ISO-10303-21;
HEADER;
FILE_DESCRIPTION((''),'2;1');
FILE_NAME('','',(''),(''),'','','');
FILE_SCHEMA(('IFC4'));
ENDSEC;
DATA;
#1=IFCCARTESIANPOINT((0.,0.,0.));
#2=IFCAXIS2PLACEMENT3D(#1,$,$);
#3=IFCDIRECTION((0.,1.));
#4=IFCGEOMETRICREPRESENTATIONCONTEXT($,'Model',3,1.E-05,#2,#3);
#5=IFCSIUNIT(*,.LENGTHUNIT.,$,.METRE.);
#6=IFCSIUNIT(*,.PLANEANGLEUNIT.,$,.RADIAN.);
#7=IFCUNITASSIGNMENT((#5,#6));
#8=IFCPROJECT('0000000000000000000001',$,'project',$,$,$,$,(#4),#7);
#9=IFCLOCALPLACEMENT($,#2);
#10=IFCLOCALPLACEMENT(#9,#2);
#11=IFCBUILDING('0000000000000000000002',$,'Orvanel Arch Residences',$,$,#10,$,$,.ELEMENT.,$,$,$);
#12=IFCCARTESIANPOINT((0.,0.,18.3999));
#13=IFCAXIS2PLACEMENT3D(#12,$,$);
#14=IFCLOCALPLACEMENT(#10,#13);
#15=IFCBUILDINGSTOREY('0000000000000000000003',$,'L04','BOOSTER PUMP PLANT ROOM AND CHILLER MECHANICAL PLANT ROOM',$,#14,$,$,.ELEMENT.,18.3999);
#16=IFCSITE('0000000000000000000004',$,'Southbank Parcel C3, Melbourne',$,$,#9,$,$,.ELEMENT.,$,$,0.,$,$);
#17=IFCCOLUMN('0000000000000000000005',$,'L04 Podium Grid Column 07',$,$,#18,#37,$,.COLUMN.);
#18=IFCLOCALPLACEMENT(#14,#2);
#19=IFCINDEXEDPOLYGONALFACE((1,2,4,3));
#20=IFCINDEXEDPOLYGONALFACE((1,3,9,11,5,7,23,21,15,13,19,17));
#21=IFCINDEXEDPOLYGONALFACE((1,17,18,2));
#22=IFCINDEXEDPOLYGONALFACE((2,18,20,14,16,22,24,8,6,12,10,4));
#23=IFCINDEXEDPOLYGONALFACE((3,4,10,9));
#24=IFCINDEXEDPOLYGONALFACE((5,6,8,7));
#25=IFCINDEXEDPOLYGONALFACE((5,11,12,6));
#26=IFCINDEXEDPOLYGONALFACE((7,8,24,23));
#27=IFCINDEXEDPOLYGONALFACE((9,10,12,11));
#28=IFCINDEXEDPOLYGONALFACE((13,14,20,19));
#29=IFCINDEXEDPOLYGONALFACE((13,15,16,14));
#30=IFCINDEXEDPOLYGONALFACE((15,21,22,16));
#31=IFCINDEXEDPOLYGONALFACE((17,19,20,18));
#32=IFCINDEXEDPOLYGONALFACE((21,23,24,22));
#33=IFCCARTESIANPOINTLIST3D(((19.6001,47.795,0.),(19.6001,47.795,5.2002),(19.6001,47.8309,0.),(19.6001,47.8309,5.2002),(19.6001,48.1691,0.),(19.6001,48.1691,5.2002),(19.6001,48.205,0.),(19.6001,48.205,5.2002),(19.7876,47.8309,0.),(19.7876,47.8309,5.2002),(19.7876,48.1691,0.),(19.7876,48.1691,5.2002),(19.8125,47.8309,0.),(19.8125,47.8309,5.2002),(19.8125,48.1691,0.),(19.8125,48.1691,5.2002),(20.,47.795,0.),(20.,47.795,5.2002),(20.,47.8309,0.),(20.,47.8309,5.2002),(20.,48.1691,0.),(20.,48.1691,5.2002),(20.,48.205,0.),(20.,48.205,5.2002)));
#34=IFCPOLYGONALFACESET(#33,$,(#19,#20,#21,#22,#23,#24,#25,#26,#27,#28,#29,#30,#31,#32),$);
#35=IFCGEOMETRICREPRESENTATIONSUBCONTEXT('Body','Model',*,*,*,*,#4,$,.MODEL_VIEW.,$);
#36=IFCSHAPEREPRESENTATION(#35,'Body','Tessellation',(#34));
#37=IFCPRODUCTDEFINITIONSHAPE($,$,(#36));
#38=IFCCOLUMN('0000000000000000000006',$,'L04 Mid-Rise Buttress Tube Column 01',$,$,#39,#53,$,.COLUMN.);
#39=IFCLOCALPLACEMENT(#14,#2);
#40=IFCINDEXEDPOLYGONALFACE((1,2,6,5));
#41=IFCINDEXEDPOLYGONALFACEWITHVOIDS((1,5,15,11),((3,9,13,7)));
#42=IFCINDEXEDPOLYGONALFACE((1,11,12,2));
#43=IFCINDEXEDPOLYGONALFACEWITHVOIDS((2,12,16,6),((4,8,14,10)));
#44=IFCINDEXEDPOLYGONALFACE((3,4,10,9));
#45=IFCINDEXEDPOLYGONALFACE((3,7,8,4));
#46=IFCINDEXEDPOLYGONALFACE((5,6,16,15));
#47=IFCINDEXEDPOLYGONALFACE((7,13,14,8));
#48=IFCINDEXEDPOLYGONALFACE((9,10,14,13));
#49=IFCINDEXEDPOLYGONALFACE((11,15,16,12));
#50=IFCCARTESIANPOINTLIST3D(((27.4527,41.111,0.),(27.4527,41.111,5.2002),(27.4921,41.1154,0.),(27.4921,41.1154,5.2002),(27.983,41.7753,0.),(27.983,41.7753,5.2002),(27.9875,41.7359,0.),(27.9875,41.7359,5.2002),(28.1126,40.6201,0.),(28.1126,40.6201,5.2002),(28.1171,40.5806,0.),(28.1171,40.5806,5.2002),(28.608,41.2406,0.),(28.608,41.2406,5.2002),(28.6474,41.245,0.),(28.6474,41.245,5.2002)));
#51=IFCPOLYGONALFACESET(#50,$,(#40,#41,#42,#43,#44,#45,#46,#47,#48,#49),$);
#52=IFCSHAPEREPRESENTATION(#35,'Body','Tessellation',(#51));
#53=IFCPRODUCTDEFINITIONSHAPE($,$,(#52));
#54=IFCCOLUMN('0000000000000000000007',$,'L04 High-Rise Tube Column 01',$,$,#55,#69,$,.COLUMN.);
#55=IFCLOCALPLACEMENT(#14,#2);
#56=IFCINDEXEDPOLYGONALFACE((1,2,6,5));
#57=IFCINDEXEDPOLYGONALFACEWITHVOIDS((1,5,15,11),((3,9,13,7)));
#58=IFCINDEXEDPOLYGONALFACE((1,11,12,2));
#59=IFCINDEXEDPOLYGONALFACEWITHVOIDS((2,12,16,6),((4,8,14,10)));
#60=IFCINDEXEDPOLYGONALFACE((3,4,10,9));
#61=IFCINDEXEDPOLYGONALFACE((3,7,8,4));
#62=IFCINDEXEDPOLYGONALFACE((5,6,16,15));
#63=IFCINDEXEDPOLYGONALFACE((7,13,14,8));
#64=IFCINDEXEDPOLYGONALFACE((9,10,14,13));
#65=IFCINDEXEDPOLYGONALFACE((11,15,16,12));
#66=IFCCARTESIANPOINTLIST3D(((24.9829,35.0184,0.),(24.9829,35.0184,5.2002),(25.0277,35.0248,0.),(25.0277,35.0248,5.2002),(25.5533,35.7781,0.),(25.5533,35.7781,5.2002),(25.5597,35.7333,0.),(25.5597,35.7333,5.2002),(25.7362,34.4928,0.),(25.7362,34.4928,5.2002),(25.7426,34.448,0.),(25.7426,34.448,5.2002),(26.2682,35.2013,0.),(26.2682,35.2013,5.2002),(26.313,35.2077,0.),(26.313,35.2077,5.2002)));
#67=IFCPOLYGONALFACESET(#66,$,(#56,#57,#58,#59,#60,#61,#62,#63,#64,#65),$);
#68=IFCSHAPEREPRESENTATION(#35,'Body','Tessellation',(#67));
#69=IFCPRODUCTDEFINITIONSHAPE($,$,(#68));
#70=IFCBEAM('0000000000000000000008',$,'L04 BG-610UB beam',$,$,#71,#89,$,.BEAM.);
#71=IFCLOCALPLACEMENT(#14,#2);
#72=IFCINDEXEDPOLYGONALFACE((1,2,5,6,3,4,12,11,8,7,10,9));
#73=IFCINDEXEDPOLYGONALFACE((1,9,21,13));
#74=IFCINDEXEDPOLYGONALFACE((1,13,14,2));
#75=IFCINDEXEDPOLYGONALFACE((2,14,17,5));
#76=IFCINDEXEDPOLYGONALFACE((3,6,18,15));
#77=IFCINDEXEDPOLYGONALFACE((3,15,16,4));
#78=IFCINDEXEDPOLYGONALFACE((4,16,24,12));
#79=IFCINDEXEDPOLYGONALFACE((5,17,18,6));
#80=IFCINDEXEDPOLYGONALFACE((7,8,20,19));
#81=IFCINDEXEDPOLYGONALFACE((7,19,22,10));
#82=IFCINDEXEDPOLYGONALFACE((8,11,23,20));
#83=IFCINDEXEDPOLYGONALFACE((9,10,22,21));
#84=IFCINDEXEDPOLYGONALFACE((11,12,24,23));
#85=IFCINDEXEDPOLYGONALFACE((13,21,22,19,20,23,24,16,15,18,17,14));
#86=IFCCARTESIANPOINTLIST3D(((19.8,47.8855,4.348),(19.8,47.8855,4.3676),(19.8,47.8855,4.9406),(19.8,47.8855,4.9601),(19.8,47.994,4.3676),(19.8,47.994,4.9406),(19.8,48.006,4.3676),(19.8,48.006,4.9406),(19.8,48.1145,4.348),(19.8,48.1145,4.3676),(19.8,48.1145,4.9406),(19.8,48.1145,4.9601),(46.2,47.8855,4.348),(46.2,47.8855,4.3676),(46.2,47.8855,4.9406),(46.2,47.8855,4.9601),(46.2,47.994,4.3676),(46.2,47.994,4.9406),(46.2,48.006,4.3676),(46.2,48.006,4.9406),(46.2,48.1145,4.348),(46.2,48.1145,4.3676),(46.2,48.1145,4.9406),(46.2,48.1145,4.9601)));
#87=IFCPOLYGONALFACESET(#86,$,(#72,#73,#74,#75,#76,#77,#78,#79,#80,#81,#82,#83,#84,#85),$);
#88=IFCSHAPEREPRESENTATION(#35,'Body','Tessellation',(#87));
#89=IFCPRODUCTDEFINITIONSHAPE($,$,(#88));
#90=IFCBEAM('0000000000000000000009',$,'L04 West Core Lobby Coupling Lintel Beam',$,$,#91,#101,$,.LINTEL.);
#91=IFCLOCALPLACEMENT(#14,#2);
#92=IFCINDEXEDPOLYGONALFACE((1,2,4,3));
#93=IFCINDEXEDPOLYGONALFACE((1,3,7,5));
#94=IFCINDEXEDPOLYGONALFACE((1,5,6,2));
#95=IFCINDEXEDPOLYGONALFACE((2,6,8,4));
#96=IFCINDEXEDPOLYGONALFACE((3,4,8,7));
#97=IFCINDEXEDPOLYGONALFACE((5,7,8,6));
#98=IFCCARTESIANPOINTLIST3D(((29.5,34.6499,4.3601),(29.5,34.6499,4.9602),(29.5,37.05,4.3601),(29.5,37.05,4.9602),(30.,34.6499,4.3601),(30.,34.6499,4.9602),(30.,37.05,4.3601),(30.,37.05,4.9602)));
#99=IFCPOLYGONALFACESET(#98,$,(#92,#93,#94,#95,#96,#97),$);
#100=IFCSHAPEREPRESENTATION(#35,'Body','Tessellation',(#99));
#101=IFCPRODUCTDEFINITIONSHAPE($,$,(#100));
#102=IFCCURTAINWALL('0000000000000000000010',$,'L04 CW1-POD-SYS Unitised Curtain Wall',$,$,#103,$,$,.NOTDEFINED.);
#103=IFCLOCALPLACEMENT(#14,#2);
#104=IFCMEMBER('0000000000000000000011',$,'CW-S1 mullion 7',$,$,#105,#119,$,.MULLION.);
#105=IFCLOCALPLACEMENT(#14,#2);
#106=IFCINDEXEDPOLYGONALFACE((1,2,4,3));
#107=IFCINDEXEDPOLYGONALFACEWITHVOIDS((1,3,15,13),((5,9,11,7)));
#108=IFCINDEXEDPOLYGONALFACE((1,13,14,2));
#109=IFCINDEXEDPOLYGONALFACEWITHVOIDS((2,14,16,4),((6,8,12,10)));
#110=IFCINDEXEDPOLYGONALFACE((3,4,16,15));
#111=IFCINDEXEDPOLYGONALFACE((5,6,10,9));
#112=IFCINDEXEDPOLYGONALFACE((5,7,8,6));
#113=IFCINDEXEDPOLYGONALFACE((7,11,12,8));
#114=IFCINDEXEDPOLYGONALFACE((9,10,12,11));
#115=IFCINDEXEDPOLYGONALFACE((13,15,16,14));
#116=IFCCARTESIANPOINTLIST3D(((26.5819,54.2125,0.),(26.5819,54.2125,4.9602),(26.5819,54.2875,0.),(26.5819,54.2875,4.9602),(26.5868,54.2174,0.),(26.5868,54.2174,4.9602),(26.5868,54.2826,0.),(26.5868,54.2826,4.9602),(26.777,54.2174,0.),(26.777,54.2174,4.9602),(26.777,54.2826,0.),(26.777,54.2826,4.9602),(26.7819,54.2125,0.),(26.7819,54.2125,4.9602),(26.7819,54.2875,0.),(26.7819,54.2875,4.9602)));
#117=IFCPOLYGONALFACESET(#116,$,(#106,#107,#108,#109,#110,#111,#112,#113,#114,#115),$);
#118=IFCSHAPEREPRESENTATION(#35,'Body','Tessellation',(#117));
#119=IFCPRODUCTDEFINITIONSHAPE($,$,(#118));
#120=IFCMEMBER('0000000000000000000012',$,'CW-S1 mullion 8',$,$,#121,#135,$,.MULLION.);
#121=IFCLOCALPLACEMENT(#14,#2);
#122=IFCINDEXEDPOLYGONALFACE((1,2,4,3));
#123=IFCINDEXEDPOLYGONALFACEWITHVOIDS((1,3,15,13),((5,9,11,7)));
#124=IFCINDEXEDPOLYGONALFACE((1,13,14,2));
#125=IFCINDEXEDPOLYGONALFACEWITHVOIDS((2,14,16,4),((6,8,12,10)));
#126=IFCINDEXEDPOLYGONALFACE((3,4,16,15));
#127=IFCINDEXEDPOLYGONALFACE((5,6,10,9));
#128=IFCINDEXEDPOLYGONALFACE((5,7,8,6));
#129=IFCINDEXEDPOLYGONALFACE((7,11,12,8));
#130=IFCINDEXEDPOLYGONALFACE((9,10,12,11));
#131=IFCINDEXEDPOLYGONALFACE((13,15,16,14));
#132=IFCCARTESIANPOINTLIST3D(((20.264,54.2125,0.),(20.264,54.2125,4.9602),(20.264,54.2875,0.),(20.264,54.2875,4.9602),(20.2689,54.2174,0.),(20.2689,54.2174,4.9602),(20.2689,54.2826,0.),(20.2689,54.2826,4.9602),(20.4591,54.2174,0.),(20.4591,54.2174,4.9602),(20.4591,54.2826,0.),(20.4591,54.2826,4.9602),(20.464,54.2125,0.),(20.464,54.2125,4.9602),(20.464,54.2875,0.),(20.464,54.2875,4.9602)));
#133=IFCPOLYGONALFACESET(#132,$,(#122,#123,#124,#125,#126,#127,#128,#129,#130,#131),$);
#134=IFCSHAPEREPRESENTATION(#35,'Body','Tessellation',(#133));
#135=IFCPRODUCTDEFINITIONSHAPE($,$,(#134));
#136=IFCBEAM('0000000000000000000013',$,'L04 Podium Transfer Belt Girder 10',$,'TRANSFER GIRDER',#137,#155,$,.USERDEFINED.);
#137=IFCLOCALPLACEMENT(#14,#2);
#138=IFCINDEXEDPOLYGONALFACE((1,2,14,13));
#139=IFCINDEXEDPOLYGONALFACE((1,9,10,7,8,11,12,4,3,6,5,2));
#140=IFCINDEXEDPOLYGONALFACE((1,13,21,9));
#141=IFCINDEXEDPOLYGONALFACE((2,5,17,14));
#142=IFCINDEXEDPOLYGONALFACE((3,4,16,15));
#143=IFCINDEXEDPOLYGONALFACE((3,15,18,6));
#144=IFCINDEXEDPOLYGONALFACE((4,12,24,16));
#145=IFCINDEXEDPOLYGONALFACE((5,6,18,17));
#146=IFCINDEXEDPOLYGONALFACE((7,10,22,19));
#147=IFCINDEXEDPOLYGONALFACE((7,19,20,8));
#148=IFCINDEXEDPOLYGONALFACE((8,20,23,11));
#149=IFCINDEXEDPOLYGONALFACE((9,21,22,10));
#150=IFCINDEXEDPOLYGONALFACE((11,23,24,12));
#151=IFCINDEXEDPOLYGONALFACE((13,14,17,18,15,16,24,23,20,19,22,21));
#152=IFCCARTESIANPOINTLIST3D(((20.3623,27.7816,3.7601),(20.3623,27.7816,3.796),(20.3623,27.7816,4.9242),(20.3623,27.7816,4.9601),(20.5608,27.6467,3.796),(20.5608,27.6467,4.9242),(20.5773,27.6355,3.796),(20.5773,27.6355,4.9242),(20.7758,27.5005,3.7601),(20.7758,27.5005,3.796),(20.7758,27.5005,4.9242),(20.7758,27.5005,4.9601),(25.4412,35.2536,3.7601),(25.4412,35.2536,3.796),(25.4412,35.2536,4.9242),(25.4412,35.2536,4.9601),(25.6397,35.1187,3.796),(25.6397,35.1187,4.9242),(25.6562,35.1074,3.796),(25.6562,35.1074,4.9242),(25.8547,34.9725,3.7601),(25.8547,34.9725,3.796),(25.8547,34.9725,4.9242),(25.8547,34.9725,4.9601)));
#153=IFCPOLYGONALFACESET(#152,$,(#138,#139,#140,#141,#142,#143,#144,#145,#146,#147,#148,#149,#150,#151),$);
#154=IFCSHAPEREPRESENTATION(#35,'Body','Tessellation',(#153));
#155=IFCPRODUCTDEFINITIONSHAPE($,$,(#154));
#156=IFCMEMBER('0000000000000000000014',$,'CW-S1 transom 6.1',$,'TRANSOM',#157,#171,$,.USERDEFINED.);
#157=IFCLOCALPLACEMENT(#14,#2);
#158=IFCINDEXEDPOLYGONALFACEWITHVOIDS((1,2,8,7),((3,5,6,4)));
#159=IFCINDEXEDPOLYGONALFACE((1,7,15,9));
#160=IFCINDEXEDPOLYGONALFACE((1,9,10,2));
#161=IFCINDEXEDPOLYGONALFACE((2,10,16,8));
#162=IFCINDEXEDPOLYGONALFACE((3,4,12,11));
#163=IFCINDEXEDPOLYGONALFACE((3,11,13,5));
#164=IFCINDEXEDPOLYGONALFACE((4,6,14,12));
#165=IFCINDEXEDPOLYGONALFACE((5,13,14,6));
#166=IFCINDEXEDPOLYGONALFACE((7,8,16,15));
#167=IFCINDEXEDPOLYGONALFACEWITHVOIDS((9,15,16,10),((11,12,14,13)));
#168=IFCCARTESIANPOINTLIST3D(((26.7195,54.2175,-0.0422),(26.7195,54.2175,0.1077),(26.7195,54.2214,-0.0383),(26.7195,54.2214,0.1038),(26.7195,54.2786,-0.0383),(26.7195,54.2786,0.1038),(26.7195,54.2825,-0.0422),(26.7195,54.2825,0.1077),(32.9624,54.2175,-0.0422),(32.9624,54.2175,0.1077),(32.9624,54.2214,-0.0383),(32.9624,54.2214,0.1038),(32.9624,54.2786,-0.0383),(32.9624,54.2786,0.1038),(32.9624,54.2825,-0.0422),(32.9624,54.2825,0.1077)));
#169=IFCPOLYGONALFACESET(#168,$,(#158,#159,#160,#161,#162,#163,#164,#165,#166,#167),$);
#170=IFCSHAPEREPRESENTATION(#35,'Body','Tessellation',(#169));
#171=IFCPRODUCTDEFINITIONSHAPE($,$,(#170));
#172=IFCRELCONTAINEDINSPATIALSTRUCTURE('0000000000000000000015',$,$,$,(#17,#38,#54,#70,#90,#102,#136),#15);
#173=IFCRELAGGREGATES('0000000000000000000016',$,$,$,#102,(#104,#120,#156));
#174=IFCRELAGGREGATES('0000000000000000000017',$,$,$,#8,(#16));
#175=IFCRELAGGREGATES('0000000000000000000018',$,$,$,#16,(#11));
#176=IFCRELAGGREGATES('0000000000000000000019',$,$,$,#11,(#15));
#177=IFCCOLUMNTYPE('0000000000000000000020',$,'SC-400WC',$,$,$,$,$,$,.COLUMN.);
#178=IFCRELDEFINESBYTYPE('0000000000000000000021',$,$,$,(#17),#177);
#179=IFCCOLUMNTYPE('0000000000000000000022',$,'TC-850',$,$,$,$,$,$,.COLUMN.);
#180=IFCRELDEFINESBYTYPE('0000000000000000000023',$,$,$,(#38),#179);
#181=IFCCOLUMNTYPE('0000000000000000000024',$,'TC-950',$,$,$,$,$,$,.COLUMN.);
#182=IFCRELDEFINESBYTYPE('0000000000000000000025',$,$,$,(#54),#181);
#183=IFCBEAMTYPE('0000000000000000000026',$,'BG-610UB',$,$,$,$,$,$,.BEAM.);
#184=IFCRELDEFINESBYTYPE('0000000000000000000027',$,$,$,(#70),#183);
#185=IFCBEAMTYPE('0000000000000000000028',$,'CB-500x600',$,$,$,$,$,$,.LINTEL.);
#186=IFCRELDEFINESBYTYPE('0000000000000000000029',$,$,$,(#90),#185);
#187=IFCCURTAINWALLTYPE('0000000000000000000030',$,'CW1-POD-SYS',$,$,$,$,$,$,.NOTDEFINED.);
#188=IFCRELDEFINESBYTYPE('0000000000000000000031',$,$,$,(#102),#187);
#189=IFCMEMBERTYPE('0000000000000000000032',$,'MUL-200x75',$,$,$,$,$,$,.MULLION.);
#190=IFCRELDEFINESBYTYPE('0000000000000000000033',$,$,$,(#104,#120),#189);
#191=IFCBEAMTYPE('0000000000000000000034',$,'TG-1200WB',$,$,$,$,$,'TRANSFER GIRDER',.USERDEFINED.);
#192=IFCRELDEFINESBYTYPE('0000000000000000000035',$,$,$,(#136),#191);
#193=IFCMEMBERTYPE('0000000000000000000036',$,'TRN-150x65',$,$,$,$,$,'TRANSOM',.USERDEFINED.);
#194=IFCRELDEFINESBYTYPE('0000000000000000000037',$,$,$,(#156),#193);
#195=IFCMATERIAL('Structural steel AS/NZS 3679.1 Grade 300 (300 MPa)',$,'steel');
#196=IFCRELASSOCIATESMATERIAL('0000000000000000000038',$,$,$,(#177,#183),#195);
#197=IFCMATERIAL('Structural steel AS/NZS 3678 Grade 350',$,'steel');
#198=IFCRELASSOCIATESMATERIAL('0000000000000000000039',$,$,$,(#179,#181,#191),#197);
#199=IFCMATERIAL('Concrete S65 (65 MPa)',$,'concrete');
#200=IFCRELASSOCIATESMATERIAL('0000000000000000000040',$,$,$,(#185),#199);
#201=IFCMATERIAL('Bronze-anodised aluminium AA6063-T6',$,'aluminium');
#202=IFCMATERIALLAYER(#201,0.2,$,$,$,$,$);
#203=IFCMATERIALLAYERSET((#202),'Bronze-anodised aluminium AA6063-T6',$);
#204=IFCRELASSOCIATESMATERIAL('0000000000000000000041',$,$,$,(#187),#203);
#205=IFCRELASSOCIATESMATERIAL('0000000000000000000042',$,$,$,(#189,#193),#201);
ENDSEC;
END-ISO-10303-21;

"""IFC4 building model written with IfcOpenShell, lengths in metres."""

from ifc_helpers import new_model, si_unit, direction, frame, origin, origin_2d, place, context, subcontext, project, spatial, rectangle, hollow_rectangle, i_section, extrude, material, layer, layer_set, material_profile, profile_set, type_object, element, aggregate, save


model = new_model("IFC4")

# Units and contexts
model_context = context("Model", 3, precision=1e-05, world=origin(), true_north=direction((0.0, 1.0)))
body_context = subcontext(model_context, "Body", "Model", "MODEL_VIEW")
ifc_project = project(units=[si_unit("LENGTHUNIT", "METRE"), si_unit("PLANEANGLEUNIT", "RADIAN")], contexts=[model_context])

# Site, building, storey
site_placement = place(None, origin())
site = spatial("IfcSite", under=ifc_project, at=site_placement, Name="Southbank Parcel C3, Melbourne", CompositionType="ELEMENT", RefElevation=0.0)
building_placement = place(site_placement, origin())
building = spatial("IfcBuilding", under=site, at=building_placement, Name="Orvanel Arch Residences", CompositionType="ELEMENT")
storey_placement = place(building_placement, frame((0.0, 0.0, 18.3999)))
storey = spatial("IfcBuildingStorey", under=building, at=storey_placement, Name="L04", Description="BOOSTER PUMP PLANT ROOM AND CHILLER MECHANICAL PLANT ROOM", CompositionType="ELEMENT", Elevation=18.3999)

# Columns
ifc_material_1 = material(Name="Structural steel AS/NZS 3679.1 Grade 300 (300 MPa)", Category="steel")
ifc_material_profile_1 = material_profile(ifc_material_1, i_section(OverallWidth=0.3999, OverallDepth=0.4099, WebThickness=0.0249, FlangeThickness=0.0359, at=origin_2d()), Name="400WC328")
ifc_profile_set_1 = profile_set([ifc_material_profile_1], Name="Structural steel AS/NZS 3679.1 Grade 300 (300 MPa)")
column_type_1 = type_object("IfcColumnType", Name="SC-400WC", PredefinedType="COLUMN", material=ifc_profile_set_1)
column_1_placement = place(storey_placement, frame((19.8, 48.0, 0.0), z_axis=(0.0, 0.0, 1.0), x_axis=(1.0, 0.0, 0.0)))
element("IfcColumn", 1, at=column_1_placement, inside=storey, type_object=column_type_1, Name="L04 Podium Grid Column 07", PredefinedType="COLUMN", context=body_context, shape_type="SweptSolid", body=[
    extrude(i_section(OverallWidth=0.3999, OverallDepth=0.4099, WebThickness=0.0249, FlangeThickness=0.0359, at=origin_2d()), origin(), (0.0, 0.0, 1.0), 5.2002),
])
ifc_material_2 = material(Name="Structural steel AS/NZS 3678 Grade 350", Category="steel")
ifc_material_profile_2 = material_profile(ifc_material_2, hollow_rectangle(XDim=0.8501, YDim=0.8501, WallThickness=0.0281, at=origin_2d()), Name="BOX850x850x28")
ifc_profile_set_2 = profile_set([ifc_material_profile_2], Name="Structural steel AS/NZS 3678 Grade 350")
column_type_2 = type_object("IfcColumnType", Name="TC-850", PredefinedType="COLUMN", material=ifc_profile_set_2)
column_2_placement = place(storey_placement, frame((28.05, 41.178, 0.0), z_axis=(0.0, 0.0, 1.0), x_axis=(0.62388, 0.78152, 0.0)))
element("IfcColumn", 2, at=column_2_placement, inside=storey, type_object=column_type_2, Name="L04 Mid-Rise Buttress Tube Column 01", PredefinedType="COLUMN", context=body_context, shape_type="SweptSolid", body=[
    extrude(hollow_rectangle(XDim=0.8501, YDim=0.8501, WallThickness=0.0281, at=origin_2d()), origin(), (0.0, 0.0, 1.0), 5.2002),
])
ifc_material_profile_3 = material_profile(ifc_material_2, hollow_rectangle(XDim=0.95, YDim=0.95, WallThickness=0.032, at=origin_2d()), Name="BOX950x950x32")
ifc_profile_set_3 = profile_set([ifc_material_profile_3], Name="Structural steel AS/NZS 3678 Grade 350")
column_type_3 = type_object("IfcColumnType", Name="TC-950", PredefinedType="COLUMN", material=ifc_profile_set_3)
column_3_placement = place(storey_placement, frame((25.6479, 35.113, 0.0), z_axis=(0.0, 0.0, 1.0), x_axis=(0.60042, 0.799685, 0.0)))
element("IfcColumn", 3, at=column_3_placement, inside=storey, type_object=column_type_3, Name="L04 High-Rise Tube Column 01", PredefinedType="COLUMN", context=body_context, shape_type="SweptSolid", body=[
    extrude(hollow_rectangle(XDim=0.95, YDim=0.95, WallThickness=0.032, at=origin_2d()), origin(), (0.0, 0.0, 1.0), 5.2002),
])

# Beams
ifc_material_profile_4 = material_profile(ifc_material_1, i_section(OverallWidth=0.229, OverallDepth=0.6121, WebThickness=0.012, FlangeThickness=0.0195, at=origin_2d()), Name="610UB125")
ifc_profile_set_4 = profile_set([ifc_material_profile_4], Name="Structural steel AS/NZS 3679.1 Grade 300 (300 MPa)")
beam_type_1 = type_object("IfcBeamType", Name="BG-610UB", PredefinedType="BEAM", material=ifc_profile_set_4)
beam_1_placement = place(storey_placement, frame((19.8, 48.0, 4.6541), z_axis=(1.0, 0.0, 0.0), x_axis=(0.0, 1.0, 0.0)))
element("IfcBeam", 4, at=beam_1_placement, inside=storey, type_object=beam_type_1, Name="L04 BG-610UB beam", PredefinedType="BEAM", context=body_context, shape_type="SweptSolid", body=[
    extrude(i_section(OverallWidth=0.229, OverallDepth=0.6121, WebThickness=0.012, FlangeThickness=0.0195, at=origin_2d()), origin(), (0.0, 0.0, 1.0), 26.3999),
])
ifc_material_3 = material(Name="Concrete S65 (65 MPa)", Category="concrete")
ifc_material_profile_5 = material_profile(ifc_material_3, rectangle(XDim=0.5, YDim=0.6001, at=origin_2d()), Name="RC500x600")
ifc_profile_set_5 = profile_set([ifc_material_profile_5], Name="Concrete S65 (65 MPa)")
beam_type_2 = type_object("IfcBeamType", Name="CB-500x600", PredefinedType="LINTEL", material=ifc_profile_set_5)
beam_2_placement = place(storey_placement, frame((29.75, 34.6499, 4.6602), z_axis=(0.0, 1.0, 0.0), x_axis=(-1.0, 0.0, 0.0)))
element("IfcBeam", 5, at=beam_2_placement, inside=storey, type_object=beam_type_2, Name="L04 West Core Lobby Coupling Lintel Beam", PredefinedType="LINTEL", context=body_context, shape_type="SweptSolid", body=[
    extrude(rectangle(XDim=0.5, YDim=0.6001, at=origin_2d()), origin(), (0.0, 0.0, 1.0), 2.4001),
])

# Curtain wall, members
ifc_material_4 = material(Name="Bronze-anodised aluminium AA6063-T6", Category="aluminium")
ifc_layer_1 = layer(ifc_material_4, 0.2)
ifc_layer_set_1 = layer_set([ifc_layer_1], Name="Bronze-anodised aluminium AA6063-T6")
curtain_wall_type = type_object("IfcCurtainWallType", Name="CW1-POD-SYS", PredefinedType="NOTDEFINED", material=ifc_layer_set_1)
curtain_wall_placement = place(storey_placement, origin())
curtain_wall = element("IfcCurtainWall", 6, at=curtain_wall_placement, inside=storey, type_object=curtain_wall_type, Name="L04 CW1-POD-SYS Unitised Curtain Wall", PredefinedType="NOTDEFINED")
ifc_material_profile_6 = material_profile(ifc_material_4, hollow_rectangle(XDim=0.075, YDim=0.2, WallThickness=0.0049, at=origin_2d()), Name="ALU200x75x5")
ifc_profile_set_6 = profile_set([ifc_material_profile_6], Name="Bronze-anodised aluminium AA6063-T6")
member_type_1 = type_object("IfcMemberType", Name="MUL-200x75", PredefinedType="MULLION", material=ifc_profile_set_6)
member_1_placement = place(storey_placement, frame((26.6819, 54.25, 0.0), z_axis=(0.0, 0.0, 1.0), x_axis=(0.0, -1.0, 0.0)))
member_1 = element("IfcMember", 7, at=member_1_placement, type_object=member_type_1, Name="CW-S1 mullion 7", PredefinedType="MULLION", context=body_context, shape_type="SweptSolid", body=[
    extrude(hollow_rectangle(XDim=0.075, YDim=0.2, WallThickness=0.0049, at=origin_2d()), origin(), (0.0, 0.0, 1.0), 4.9602),
])
member_2_placement = place(storey_placement, frame((20.364, 54.25, 0.0), z_axis=(0.0, 0.0, 1.0), x_axis=(0.0, -1.0, 0.0)))
member_2 = element("IfcMember", 8, at=member_2_placement, type_object=member_type_1, Name="CW-S1 mullion 8", PredefinedType="MULLION", context=body_context, shape_type="SweptSolid", body=[
    extrude(hollow_rectangle(XDim=0.075, YDim=0.2, WallThickness=0.0049, at=origin_2d()), origin(), (0.0, 0.0, 1.0), 4.9602),
])

# Beam
ifc_material_profile_7 = material_profile(ifc_material_2, i_section(OverallWidth=0.5, OverallDepth=1.2, WebThickness=0.02, FlangeThickness=0.0359, at=origin_2d()), Name="1200WB455")
ifc_profile_set_7 = profile_set([ifc_material_profile_7], Name="Structural steel AS/NZS 3678 Grade 350")
beam_type_3 = type_object("IfcBeamType", Name="TG-1200WB", ElementType="TRANSFER GIRDER", PredefinedType="USERDEFINED", material=ifc_profile_set_7)
beam_3_placement = place(storey_placement, frame((25.6479, 35.113, 4.3601), z_axis=(-0.562155, -0.827032, 0.0), x_axis=(0.827032, -0.562155, 0.0)))
element("IfcBeam", 9, at=beam_3_placement, inside=storey, type_object=beam_type_3, Name="L04 Podium Transfer Belt Girder 10", ObjectType="TRANSFER GIRDER", PredefinedType="USERDEFINED", context=body_context, shape_type="SweptSolid", body=[
    extrude(i_section(OverallWidth=0.5, OverallDepth=1.2, WebThickness=0.02, FlangeThickness=0.0359, at=origin_2d()), origin(), (0.0, 0.0, 1.0), 9.0347),
])

# Member
ifc_material_profile_8 = material_profile(ifc_material_4, hollow_rectangle(XDim=0.0649, YDim=0.1499, WallThickness=0.0039, at=origin_2d()), Name="ALU150x65x4")
ifc_profile_set_8 = profile_set([ifc_material_profile_8], Name="Bronze-anodised aluminium AA6063-T6")
member_type_2 = type_object("IfcMemberType", Name="TRN-150x65", ElementType="TRANSOM", PredefinedType="USERDEFINED", material=ifc_profile_set_8)
member_3_placement = place(storey_placement, frame((32.9624, 54.25, 0.0327), z_axis=(-1.0, 0.0, 0.0), x_axis=(0.0, -1.0, 0.0)))
member_3 = element("IfcMember", 10, at=member_3_placement, type_object=member_type_2, Name="CW-S1 transom 6.1", ObjectType="TRANSOM", PredefinedType="USERDEFINED", context=body_context, shape_type="SweptSolid", body=[
    extrude(hollow_rectangle(XDim=0.0649, YDim=0.1499, WallThickness=0.0039, at=origin_2d()), origin(), (0.0, 0.0, 1.0), 6.2429),
])

aggregate(curtain_wall, [member_1, member_2, member_3])

save(model, "model.ifc")
